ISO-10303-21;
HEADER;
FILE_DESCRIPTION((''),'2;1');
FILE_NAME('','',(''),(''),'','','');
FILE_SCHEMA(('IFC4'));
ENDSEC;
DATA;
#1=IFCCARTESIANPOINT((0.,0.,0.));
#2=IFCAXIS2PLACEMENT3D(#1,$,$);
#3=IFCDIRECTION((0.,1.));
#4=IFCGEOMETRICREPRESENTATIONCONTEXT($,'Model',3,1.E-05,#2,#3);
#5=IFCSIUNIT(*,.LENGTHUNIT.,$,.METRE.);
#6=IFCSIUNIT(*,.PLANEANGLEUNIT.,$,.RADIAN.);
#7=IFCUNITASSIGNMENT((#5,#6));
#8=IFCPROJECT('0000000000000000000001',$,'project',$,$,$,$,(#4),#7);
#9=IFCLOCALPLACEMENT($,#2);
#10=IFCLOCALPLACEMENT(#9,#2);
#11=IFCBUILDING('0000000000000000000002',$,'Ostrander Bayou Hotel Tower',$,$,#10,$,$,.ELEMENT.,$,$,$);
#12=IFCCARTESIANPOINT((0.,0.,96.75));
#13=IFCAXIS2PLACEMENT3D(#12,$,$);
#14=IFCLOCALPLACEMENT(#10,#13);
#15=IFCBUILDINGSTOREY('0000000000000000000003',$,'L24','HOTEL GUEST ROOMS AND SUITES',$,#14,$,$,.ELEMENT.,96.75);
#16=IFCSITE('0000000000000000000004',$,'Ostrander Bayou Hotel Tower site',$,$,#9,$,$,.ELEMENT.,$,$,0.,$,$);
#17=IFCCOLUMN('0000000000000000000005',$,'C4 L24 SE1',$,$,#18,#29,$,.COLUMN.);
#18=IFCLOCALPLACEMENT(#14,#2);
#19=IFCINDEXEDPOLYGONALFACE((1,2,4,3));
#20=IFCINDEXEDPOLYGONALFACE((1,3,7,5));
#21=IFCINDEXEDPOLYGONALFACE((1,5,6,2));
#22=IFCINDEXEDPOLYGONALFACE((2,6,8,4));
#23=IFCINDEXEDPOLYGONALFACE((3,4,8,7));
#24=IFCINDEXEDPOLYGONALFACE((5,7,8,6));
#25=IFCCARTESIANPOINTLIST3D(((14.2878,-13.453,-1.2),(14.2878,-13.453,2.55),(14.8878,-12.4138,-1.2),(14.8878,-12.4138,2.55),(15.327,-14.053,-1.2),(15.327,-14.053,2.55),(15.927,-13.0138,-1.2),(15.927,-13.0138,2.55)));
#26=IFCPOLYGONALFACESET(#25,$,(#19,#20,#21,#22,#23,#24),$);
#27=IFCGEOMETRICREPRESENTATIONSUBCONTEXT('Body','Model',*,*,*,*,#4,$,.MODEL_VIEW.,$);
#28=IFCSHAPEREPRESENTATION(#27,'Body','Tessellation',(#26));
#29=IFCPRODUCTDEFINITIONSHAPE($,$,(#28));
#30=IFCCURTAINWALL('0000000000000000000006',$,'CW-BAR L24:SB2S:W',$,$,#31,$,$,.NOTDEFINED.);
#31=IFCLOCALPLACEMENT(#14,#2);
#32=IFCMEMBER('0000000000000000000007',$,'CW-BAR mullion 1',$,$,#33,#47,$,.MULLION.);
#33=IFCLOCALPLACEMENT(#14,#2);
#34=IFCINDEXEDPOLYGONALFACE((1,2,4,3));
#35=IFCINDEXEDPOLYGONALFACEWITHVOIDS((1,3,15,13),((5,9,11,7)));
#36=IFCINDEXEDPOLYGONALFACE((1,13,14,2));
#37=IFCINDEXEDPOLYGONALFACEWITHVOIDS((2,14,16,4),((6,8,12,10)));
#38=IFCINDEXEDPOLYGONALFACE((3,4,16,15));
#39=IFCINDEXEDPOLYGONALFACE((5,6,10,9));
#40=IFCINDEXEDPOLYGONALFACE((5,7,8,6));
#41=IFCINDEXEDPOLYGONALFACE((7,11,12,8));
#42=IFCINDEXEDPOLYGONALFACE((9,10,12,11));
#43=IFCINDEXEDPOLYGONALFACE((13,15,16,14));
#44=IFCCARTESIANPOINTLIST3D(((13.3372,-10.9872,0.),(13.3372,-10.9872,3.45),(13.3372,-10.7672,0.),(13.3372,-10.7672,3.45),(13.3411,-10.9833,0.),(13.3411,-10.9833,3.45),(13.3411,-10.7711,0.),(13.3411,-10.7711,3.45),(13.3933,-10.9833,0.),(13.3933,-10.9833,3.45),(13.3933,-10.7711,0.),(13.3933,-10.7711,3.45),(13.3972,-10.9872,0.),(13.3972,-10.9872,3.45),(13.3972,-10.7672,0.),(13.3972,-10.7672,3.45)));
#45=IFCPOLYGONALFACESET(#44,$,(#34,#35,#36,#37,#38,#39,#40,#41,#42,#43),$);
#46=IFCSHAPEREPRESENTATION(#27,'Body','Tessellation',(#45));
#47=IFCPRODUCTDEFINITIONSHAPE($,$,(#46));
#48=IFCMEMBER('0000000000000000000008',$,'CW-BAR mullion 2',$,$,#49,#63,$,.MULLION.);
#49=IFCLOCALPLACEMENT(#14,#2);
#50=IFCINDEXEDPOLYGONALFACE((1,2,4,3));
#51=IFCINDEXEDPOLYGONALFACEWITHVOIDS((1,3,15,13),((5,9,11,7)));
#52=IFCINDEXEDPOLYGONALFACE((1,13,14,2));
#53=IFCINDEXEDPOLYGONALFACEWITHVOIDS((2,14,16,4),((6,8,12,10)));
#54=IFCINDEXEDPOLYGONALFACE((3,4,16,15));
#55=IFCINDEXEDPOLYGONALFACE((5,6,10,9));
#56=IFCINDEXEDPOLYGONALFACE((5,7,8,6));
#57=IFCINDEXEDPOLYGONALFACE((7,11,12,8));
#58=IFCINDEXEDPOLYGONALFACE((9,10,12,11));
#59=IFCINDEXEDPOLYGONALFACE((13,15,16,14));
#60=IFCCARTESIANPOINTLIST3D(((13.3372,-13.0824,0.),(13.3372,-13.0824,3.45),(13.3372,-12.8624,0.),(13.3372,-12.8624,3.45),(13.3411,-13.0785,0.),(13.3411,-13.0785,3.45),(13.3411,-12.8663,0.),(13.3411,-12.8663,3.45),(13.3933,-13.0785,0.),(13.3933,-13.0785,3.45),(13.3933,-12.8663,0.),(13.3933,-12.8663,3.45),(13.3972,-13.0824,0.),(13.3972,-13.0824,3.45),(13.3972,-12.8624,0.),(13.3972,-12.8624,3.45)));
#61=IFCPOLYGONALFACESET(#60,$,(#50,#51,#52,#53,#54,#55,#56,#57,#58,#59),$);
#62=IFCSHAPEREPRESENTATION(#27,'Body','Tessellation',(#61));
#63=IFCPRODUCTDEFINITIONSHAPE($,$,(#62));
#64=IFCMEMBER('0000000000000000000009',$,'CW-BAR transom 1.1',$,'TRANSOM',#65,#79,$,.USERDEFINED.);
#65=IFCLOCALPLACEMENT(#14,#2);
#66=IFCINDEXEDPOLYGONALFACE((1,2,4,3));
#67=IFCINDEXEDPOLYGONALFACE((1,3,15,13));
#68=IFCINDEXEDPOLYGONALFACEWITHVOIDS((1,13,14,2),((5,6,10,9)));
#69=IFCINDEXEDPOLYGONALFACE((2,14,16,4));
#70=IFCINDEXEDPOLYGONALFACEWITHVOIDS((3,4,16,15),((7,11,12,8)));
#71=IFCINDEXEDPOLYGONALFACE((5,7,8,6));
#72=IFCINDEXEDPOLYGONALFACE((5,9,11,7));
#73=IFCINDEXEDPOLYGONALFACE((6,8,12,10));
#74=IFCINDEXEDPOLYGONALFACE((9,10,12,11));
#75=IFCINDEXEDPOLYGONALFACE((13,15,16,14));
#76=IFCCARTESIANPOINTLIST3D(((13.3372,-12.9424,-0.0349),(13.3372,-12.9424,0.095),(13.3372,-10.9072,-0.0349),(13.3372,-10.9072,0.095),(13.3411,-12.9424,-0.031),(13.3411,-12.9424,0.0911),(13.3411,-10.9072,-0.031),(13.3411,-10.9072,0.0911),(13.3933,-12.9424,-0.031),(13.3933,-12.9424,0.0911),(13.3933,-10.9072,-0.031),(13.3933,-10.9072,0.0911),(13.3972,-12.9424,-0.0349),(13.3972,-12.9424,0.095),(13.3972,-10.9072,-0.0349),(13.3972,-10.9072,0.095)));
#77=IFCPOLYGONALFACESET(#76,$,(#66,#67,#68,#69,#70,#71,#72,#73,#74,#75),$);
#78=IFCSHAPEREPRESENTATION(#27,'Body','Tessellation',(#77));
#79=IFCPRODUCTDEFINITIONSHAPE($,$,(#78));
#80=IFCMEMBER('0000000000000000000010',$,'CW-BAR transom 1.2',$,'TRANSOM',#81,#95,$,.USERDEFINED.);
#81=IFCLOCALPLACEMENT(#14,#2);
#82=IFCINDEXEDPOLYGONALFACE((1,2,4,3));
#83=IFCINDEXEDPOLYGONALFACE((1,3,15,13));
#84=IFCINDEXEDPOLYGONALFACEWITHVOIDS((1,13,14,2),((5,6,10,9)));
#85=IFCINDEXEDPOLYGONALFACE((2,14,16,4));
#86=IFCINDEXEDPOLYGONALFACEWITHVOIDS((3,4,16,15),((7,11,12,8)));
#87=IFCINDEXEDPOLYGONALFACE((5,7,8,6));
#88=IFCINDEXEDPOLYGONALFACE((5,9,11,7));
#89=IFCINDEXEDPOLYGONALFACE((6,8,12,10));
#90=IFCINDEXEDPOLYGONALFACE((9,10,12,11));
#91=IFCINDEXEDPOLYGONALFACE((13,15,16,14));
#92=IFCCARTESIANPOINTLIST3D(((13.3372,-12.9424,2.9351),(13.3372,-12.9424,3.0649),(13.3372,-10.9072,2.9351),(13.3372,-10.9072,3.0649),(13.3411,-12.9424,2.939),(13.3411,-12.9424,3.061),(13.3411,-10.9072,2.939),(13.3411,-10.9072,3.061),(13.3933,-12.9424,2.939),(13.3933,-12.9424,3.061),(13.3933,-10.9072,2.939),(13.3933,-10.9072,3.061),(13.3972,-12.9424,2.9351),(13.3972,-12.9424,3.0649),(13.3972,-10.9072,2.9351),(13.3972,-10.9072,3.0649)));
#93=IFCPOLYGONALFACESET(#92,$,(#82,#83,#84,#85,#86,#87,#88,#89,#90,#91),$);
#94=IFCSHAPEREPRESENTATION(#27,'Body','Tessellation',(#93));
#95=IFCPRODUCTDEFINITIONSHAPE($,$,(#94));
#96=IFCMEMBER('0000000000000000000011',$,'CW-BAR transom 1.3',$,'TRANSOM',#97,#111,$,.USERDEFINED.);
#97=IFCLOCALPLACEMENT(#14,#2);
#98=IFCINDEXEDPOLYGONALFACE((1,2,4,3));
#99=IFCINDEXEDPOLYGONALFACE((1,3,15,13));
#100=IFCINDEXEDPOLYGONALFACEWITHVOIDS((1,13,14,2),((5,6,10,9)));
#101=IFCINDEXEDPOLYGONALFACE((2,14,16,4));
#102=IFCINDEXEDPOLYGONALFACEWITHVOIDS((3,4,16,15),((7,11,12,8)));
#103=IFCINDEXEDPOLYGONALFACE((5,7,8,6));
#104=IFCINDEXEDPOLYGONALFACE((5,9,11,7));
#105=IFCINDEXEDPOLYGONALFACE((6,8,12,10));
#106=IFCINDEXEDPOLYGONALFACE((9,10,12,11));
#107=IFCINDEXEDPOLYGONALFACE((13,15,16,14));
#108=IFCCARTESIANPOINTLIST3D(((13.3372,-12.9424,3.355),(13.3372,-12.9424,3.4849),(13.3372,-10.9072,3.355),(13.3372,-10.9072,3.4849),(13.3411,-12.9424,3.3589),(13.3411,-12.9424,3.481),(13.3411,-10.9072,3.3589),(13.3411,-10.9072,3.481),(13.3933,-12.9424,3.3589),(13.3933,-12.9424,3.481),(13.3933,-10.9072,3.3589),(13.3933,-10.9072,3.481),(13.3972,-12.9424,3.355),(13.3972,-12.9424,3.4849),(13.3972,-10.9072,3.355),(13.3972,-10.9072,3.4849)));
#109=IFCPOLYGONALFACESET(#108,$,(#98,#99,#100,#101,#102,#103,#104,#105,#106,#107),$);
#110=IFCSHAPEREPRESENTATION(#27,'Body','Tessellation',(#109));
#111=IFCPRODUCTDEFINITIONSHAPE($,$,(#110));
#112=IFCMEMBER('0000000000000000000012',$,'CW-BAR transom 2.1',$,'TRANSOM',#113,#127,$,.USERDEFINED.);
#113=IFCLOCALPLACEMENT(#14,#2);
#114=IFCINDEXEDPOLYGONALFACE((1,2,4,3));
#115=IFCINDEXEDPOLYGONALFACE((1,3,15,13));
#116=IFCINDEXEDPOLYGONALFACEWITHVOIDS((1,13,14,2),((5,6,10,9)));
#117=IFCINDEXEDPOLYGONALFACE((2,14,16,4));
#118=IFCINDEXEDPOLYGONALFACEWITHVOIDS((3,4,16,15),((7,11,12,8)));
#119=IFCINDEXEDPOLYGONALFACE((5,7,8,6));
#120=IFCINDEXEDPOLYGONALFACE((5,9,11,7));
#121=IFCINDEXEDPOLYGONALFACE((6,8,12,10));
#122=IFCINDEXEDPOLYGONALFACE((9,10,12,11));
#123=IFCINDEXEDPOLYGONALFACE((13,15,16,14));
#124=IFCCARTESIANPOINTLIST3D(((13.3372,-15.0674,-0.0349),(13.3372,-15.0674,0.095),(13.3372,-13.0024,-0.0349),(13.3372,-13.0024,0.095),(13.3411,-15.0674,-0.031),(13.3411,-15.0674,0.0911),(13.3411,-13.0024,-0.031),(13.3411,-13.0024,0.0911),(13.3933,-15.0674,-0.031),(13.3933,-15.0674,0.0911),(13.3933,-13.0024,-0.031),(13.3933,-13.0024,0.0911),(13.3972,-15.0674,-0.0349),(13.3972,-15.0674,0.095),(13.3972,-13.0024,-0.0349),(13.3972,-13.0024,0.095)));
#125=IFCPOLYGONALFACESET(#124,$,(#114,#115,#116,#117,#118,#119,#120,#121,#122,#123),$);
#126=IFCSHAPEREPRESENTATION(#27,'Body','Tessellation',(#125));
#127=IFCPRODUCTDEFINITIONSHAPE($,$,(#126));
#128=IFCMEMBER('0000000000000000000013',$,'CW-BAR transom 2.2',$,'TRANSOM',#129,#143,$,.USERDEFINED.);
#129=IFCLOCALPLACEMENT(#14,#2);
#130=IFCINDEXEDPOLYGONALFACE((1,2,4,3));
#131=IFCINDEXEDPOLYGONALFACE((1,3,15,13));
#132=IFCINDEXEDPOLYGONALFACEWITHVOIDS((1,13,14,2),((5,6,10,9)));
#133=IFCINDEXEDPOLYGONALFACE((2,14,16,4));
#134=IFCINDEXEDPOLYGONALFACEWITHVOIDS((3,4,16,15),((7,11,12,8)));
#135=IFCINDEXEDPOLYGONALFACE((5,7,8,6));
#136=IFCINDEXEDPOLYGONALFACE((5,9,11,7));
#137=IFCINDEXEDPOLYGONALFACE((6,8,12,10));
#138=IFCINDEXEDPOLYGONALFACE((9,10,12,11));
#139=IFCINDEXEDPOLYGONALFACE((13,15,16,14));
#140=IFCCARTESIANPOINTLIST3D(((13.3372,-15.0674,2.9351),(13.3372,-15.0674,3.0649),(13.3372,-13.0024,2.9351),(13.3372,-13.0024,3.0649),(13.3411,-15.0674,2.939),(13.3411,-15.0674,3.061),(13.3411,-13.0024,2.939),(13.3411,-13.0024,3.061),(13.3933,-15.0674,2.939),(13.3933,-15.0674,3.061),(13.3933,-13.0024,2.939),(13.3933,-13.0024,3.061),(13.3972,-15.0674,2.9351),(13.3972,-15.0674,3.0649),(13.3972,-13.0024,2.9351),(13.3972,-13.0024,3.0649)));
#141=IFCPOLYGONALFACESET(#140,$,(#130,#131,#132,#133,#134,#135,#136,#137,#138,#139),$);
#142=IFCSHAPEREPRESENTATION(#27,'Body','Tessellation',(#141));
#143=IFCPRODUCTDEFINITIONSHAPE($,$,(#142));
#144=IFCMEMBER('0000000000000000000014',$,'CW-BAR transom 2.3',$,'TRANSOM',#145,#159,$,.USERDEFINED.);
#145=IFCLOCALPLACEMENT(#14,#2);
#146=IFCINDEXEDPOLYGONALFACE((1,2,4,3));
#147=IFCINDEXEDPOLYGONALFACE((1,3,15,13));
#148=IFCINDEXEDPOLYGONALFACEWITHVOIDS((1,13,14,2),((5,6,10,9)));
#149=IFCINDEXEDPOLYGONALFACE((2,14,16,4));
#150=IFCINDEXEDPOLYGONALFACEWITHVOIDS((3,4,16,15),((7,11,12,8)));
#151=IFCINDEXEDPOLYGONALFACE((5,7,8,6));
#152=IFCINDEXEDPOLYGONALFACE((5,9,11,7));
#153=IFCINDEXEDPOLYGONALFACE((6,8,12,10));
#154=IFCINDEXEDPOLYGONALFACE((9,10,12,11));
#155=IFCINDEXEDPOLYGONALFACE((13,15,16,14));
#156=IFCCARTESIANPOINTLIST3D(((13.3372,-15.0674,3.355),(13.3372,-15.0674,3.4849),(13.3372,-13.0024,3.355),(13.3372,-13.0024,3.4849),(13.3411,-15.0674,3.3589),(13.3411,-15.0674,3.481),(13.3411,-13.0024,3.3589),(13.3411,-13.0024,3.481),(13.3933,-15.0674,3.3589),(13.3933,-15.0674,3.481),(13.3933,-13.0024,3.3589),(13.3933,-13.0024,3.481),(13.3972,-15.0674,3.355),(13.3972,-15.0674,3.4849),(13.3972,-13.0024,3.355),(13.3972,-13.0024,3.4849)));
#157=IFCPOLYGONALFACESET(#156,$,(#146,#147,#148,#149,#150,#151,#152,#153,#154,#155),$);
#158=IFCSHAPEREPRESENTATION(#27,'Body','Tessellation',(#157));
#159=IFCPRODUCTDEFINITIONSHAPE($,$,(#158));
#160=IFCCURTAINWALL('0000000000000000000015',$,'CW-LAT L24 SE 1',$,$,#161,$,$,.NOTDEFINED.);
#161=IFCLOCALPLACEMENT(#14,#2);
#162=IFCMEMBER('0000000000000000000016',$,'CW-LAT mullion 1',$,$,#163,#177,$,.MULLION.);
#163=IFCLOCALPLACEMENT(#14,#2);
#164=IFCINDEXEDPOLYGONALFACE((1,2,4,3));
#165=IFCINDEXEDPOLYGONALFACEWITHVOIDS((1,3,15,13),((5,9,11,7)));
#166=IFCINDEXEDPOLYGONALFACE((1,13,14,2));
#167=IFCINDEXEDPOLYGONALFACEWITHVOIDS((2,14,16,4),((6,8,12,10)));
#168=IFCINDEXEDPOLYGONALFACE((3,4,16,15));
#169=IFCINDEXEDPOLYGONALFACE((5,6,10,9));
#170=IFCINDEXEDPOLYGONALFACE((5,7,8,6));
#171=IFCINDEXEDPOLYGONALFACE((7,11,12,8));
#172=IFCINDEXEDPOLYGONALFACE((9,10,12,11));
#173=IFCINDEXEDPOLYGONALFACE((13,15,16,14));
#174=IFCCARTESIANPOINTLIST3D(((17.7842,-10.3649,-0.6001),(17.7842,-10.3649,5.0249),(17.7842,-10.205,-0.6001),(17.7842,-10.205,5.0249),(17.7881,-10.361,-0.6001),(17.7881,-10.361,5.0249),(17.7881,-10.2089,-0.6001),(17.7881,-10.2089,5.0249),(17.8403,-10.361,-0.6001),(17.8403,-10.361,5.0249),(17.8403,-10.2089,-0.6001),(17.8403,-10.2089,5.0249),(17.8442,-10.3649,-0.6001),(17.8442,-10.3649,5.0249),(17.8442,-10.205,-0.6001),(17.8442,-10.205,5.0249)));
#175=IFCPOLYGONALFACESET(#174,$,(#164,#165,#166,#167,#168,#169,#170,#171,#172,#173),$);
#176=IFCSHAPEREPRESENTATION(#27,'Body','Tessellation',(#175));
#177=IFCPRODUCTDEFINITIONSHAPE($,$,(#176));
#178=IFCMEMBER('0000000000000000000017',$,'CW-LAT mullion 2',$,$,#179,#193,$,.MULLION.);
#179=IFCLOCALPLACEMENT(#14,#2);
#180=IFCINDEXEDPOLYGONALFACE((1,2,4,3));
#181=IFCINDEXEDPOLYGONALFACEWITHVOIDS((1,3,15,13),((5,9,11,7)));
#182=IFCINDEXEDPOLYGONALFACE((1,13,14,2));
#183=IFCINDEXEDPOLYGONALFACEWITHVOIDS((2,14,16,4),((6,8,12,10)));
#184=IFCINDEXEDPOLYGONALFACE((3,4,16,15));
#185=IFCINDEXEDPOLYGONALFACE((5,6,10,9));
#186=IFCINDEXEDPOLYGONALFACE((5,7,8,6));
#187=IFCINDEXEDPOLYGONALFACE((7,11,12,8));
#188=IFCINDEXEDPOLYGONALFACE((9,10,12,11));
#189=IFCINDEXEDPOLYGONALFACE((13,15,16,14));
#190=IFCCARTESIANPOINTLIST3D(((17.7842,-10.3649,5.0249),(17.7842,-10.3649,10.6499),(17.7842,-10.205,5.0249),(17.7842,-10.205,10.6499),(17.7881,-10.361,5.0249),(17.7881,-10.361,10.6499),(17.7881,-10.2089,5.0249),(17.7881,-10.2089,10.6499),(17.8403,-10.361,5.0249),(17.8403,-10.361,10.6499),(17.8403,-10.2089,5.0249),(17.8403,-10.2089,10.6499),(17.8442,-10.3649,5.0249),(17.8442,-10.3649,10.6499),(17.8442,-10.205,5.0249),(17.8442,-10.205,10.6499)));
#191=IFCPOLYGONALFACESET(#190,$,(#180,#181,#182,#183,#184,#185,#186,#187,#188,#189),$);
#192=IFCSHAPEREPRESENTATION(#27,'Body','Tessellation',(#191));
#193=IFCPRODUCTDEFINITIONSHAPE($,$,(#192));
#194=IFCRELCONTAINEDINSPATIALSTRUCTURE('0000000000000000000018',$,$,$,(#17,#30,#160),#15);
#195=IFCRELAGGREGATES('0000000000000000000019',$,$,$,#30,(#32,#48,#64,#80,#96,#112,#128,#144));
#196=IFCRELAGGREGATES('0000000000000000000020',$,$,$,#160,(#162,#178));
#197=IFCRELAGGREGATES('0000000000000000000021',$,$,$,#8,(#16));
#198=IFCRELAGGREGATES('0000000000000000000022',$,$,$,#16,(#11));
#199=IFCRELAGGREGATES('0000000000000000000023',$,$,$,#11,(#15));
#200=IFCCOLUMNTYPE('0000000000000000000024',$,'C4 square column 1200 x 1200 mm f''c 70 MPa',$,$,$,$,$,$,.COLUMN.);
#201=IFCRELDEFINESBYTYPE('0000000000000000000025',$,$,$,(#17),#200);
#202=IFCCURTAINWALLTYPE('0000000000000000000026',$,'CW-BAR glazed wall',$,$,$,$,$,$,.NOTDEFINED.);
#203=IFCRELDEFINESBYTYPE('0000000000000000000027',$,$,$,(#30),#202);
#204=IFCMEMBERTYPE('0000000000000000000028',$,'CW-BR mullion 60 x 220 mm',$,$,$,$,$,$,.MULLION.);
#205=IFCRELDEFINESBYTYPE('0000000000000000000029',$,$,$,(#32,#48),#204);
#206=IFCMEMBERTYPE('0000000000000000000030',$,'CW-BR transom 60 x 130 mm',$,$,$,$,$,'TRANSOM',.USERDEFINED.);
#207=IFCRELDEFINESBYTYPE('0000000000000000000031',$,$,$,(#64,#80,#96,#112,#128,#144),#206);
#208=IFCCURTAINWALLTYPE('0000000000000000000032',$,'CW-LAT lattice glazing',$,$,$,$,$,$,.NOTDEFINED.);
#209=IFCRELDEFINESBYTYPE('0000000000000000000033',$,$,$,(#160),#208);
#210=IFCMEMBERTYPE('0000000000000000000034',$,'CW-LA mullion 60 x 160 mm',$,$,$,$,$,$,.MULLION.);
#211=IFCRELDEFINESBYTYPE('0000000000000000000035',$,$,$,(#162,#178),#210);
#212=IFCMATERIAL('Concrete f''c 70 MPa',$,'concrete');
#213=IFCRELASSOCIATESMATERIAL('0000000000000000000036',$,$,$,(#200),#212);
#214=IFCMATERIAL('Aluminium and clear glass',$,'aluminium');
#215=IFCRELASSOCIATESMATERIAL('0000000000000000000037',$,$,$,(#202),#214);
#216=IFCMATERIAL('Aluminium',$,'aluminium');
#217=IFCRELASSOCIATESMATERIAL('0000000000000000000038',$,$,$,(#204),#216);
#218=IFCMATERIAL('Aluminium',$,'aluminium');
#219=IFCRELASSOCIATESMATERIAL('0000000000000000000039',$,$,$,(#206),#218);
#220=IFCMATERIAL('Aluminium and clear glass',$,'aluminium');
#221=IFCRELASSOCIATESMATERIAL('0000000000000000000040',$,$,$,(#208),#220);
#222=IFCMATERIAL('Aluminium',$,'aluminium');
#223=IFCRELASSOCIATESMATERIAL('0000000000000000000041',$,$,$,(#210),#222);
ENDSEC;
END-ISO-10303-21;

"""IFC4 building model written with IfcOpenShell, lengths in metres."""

from ifc_helpers import new_model, si_unit, direction, frame, origin, origin_2d, place, context, subcontext, project, spatial, rectangle, hollow_rectangle, extrude, material, material_profile, profile_set, type_object, element, aggregate, save


model = new_model("IFC4")

# Units and contexts
model_context = context("Model", 3, precision=1e-05, world=origin(), true_north=direction((0.0, 1.0)))
body_context = subcontext(model_context, "Body", "Model", "MODEL_VIEW")
ifc_project = project(units=[si_unit("LENGTHUNIT", "METRE"), si_unit("PLANEANGLEUNIT", "RADIAN")], contexts=[model_context])

# Site, building, storey
site_placement = place(None, origin())
site = spatial("IfcSite", under=ifc_project, at=site_placement, Name="Ostrander Bayou Hotel Tower site", CompositionType="ELEMENT", RefElevation=0.0)
building_placement = place(site_placement, origin())
building = spatial("IfcBuilding", under=site, at=building_placement, Name="Ostrander Bayou Hotel Tower", CompositionType="ELEMENT")
storey_placement = place(building_placement, frame((0.0, 0.0, 96.75)))
storey = spatial("IfcBuildingStorey", under=building, at=storey_placement, Name="L24", Description="HOTEL GUEST ROOMS AND SUITES", CompositionType="ELEMENT", Elevation=96.75)

# Column
ifc_material_1 = material(Name="Concrete f'c 70 MPa", Category="concrete")
ifc_material_profile_1 = material_profile(ifc_material_1, rectangle(XDim=1.2, YDim=1.2, at=origin_2d()))
ifc_profile_set_1 = profile_set([ifc_material_profile_1], Name="Concrete f'c 70 MPa")
column_type = type_object("IfcColumnType", Name="C4 square column 1200 x 1200 mm f'c 70 MPa", PredefinedType="COLUMN", material=ifc_profile_set_1)
column_placement = place(storey_placement, frame((15.1074, -13.2334, -1.2), z_axis=(0.0, 0.0, 1.0), x_axis=(-0.5, -0.866025, 0.0)))
element("IfcColumn", 1, at=column_placement, inside=storey, type_object=column_type, Name="C4 L24 SE1", PredefinedType="COLUMN", context=body_context, shape_type="SweptSolid", body=[
    extrude(rectangle(XDim=1.2, YDim=1.2, at=origin_2d()), origin(), (0.0, 0.0, 1.0), 3.75),
])

# Curtain walls, members
ifc_material_2 = material(Name="Aluminium and clear glass", Category="aluminium")
curtain_wall_type_1 = type_object("IfcCurtainWallType", Name="CW-BAR glazed wall", PredefinedType="NOTDEFINED", material=ifc_material_2)
curtain_wall_1_placement = place(storey_placement, origin())
curtain_wall_1 = element("IfcCurtainWall", 2, at=curtain_wall_1_placement, inside=storey, type_object=curtain_wall_type_1, Name="CW-BAR L24:SB2S:W", PredefinedType="NOTDEFINED")
ifc_material_3 = material(Name="Aluminium", Category="aluminium")
ifc_material_profile_2 = material_profile(ifc_material_3, hollow_rectangle(XDim=0.0601, YDim=0.22, WallThickness=0.0039, at=origin_2d()))
ifc_profile_set_2 = profile_set([ifc_material_profile_2], Name="Aluminium")
member_type_1 = type_object("IfcMemberType", Name="CW-BR mullion 60 x 220 mm", PredefinedType="MULLION", material=ifc_profile_set_2)
member_1_placement = place(storey_placement, frame((13.3672, -10.8772, 0.0), z_axis=(0.0, 0.0, 1.0), x_axis=(1.0, 0.0, 0.0)))
member_1 = element("IfcMember", 3, at=member_1_placement, type_object=member_type_1, Name="CW-BAR mullion 1", PredefinedType="MULLION", context=body_context, shape_type="SweptSolid", body=[
    extrude(hollow_rectangle(XDim=0.0601, YDim=0.22, WallThickness=0.0039, at=origin_2d()), origin(), (0.0, 0.0, 1.0), 3.45),
])
member_2_placement = place(storey_placement, frame((13.3672, -12.9724, 0.0), z_axis=(0.0, 0.0, 1.0), x_axis=(1.0, 0.0, 0.0)))
member_2 = element("IfcMember", 4, at=member_2_placement, type_object=member_type_1, Name="CW-BAR mullion 2", PredefinedType="MULLION", context=body_context, shape_type="SweptSolid", body=[
    extrude(hollow_rectangle(XDim=0.0601, YDim=0.22, WallThickness=0.0039, at=origin_2d()), origin(), (0.0, 0.0, 1.0), 3.45),
])
ifc_material_4 = material(Name="Aluminium", Category="aluminium")
ifc_material_profile_3 = material_profile(ifc_material_4, hollow_rectangle(XDim=0.0601, YDim=0.1299, WallThickness=0.0039, at=origin_2d()))
ifc_profile_set_3 = profile_set([ifc_material_profile_3], Name="Aluminium")
member_type_2 = type_object("IfcMemberType", Name="CW-BR transom 60 x 130 mm", ElementType="TRANSOM", PredefinedType="USERDEFINED", material=ifc_profile_set_3)
member_3_placement = place(storey_placement, frame((13.3672, -10.9072, 0.03), z_axis=(0.0, -1.0, 0.0), x_axis=(1.0, 0.0, 0.0)))
member_3 = element("IfcMember", 5, at=member_3_placement, type_object=member_type_2, Name="CW-BAR transom 1.1", ObjectType="TRANSOM", PredefinedType="USERDEFINED", context=body_context, shape_type="SweptSolid", body=[
    extrude(hollow_rectangle(XDim=0.0601, YDim=0.1299, WallThickness=0.0039, at=origin_2d()), origin(), (0.0, 0.0, 1.0), 2.0352),
])
member_4_placement = place(storey_placement, frame((13.3672, -10.9072, 3.0), z_axis=(0.0, -1.0, 0.0), x_axis=(1.0, 0.0, 0.0)))
member_4 = element("IfcMember", 6, at=member_4_placement, type_object=member_type_2, Name="CW-BAR transom 1.2", ObjectType="TRANSOM", PredefinedType="USERDEFINED", context=body_context, shape_type="SweptSolid", body=[
    extrude(hollow_rectangle(XDim=0.0601, YDim=0.1299, WallThickness=0.0039, at=origin_2d()), origin(), (0.0, 0.0, 1.0), 2.0352),
])
member_5_placement = place(storey_placement, frame((13.3672, -10.9072, 3.4199), z_axis=(0.0, -1.0, 0.0), x_axis=(1.0, 0.0, 0.0)))
member_5 = element("IfcMember", 7, at=member_5_placement, type_object=member_type_2, Name="CW-BAR transom 1.3", ObjectType="TRANSOM", PredefinedType="USERDEFINED", context=body_context, shape_type="SweptSolid", body=[
    extrude(hollow_rectangle(XDim=0.0601, YDim=0.1299, WallThickness=0.0039, at=origin_2d()), origin(), (0.0, 0.0, 1.0), 2.0352),
])
member_6_placement = place(storey_placement, frame((13.3672, -13.0024, 0.03), z_axis=(0.0, -1.0, 0.0), x_axis=(1.0, 0.0, 0.0)))
member_6 = element("IfcMember", 8, at=member_6_placement, type_object=member_type_2, Name="CW-BAR transom 2.1", ObjectType="TRANSOM", PredefinedType="USERDEFINED", context=body_context, shape_type="SweptSolid", body=[
    extrude(hollow_rectangle(XDim=0.0601, YDim=0.1299, WallThickness=0.0039, at=origin_2d()), origin(), (0.0, 0.0, 1.0), 2.0649),
])
member_7_placement = place(storey_placement, frame((13.3672, -13.0024, 3.0), z_axis=(0.0, -1.0, 0.0), x_axis=(1.0, 0.0, 0.0)))
member_7 = element("IfcMember", 9, at=member_7_placement, type_object=member_type_2, Name="CW-BAR transom 2.2", ObjectType="TRANSOM", PredefinedType="USERDEFINED", context=body_context, shape_type="SweptSolid", body=[
    extrude(hollow_rectangle(XDim=0.0601, YDim=0.1299, WallThickness=0.0039, at=origin_2d()), origin(), (0.0, 0.0, 1.0), 2.0649),
])
member_8_placement = place(storey_placement, frame((13.3672, -13.0024, 3.4199), z_axis=(0.0, -1.0, 0.0), x_axis=(1.0, 0.0, 0.0)))
member_8 = element("IfcMember", 10, at=member_8_placement, type_object=member_type_2, Name="CW-BAR transom 2.3", ObjectType="TRANSOM", PredefinedType="USERDEFINED", context=body_context, shape_type="SweptSolid", body=[
    extrude(hollow_rectangle(XDim=0.0601, YDim=0.1299, WallThickness=0.0039, at=origin_2d()), origin(), (0.0, 0.0, 1.0), 2.0649),
])
ifc_material_5 = material(Name="Aluminium and clear glass", Category="aluminium")
curtain_wall_type_2 = type_object("IfcCurtainWallType", Name="CW-LAT lattice glazing", PredefinedType="NOTDEFINED", material=ifc_material_5)
curtain_wall_2_placement = place(storey_placement, origin())
curtain_wall_2 = element("IfcCurtainWall", 11, at=curtain_wall_2_placement, inside=storey, type_object=curtain_wall_type_2, Name="CW-LAT L24 SE 1", PredefinedType="NOTDEFINED")
ifc_material_6 = material(Name="Aluminium", Category="aluminium")
ifc_material_profile_4 = material_profile(ifc_material_6, hollow_rectangle(XDim=0.0601, YDim=0.1599, WallThickness=0.0039, at=origin_2d()))
ifc_profile_set_4 = profile_set([ifc_material_profile_4], Name="Aluminium")
member_type_3 = type_object("IfcMemberType", Name="CW-LA mullion 60 x 160 mm", PredefinedType="MULLION", material=ifc_profile_set_4)
member_9_placement = place(storey_placement, frame((17.8142, -10.2849, -0.6001), z_axis=(0.0, 0.0, 1.0), x_axis=(1.0, 0.0, 0.0)))
member_9 = element("IfcMember", 12, at=member_9_placement, type_object=member_type_3, Name="CW-LAT mullion 1", PredefinedType="MULLION", context=body_context, shape_type="SweptSolid", body=[
    extrude(hollow_rectangle(XDim=0.0601, YDim=0.1599, WallThickness=0.0039, at=origin_2d()), origin(), (0.0, 0.0, 1.0), 5.625),
])
member_10_placement = place(storey_placement, frame((17.8142, -10.2849, 5.0249), z_axis=(0.0, 0.0, 1.0), x_axis=(1.0, 0.0, 0.0)))
member_10 = element("IfcMember", 13, at=member_10_placement, type_object=member_type_3, Name="CW-LAT mullion 2", PredefinedType="MULLION", context=body_context, shape_type="SweptSolid", body=[
    extrude(hollow_rectangle(XDim=0.0601, YDim=0.1599, WallThickness=0.0039, at=origin_2d()), origin(), (0.0, 0.0, 1.0), 5.625),
])

aggregate(curtain_wall_1, [member_1, member_2, member_3, member_4, member_5, member_6, member_7, member_8])
aggregate(curtain_wall_2, [member_9, member_10])

save(model, "model.ifc")
